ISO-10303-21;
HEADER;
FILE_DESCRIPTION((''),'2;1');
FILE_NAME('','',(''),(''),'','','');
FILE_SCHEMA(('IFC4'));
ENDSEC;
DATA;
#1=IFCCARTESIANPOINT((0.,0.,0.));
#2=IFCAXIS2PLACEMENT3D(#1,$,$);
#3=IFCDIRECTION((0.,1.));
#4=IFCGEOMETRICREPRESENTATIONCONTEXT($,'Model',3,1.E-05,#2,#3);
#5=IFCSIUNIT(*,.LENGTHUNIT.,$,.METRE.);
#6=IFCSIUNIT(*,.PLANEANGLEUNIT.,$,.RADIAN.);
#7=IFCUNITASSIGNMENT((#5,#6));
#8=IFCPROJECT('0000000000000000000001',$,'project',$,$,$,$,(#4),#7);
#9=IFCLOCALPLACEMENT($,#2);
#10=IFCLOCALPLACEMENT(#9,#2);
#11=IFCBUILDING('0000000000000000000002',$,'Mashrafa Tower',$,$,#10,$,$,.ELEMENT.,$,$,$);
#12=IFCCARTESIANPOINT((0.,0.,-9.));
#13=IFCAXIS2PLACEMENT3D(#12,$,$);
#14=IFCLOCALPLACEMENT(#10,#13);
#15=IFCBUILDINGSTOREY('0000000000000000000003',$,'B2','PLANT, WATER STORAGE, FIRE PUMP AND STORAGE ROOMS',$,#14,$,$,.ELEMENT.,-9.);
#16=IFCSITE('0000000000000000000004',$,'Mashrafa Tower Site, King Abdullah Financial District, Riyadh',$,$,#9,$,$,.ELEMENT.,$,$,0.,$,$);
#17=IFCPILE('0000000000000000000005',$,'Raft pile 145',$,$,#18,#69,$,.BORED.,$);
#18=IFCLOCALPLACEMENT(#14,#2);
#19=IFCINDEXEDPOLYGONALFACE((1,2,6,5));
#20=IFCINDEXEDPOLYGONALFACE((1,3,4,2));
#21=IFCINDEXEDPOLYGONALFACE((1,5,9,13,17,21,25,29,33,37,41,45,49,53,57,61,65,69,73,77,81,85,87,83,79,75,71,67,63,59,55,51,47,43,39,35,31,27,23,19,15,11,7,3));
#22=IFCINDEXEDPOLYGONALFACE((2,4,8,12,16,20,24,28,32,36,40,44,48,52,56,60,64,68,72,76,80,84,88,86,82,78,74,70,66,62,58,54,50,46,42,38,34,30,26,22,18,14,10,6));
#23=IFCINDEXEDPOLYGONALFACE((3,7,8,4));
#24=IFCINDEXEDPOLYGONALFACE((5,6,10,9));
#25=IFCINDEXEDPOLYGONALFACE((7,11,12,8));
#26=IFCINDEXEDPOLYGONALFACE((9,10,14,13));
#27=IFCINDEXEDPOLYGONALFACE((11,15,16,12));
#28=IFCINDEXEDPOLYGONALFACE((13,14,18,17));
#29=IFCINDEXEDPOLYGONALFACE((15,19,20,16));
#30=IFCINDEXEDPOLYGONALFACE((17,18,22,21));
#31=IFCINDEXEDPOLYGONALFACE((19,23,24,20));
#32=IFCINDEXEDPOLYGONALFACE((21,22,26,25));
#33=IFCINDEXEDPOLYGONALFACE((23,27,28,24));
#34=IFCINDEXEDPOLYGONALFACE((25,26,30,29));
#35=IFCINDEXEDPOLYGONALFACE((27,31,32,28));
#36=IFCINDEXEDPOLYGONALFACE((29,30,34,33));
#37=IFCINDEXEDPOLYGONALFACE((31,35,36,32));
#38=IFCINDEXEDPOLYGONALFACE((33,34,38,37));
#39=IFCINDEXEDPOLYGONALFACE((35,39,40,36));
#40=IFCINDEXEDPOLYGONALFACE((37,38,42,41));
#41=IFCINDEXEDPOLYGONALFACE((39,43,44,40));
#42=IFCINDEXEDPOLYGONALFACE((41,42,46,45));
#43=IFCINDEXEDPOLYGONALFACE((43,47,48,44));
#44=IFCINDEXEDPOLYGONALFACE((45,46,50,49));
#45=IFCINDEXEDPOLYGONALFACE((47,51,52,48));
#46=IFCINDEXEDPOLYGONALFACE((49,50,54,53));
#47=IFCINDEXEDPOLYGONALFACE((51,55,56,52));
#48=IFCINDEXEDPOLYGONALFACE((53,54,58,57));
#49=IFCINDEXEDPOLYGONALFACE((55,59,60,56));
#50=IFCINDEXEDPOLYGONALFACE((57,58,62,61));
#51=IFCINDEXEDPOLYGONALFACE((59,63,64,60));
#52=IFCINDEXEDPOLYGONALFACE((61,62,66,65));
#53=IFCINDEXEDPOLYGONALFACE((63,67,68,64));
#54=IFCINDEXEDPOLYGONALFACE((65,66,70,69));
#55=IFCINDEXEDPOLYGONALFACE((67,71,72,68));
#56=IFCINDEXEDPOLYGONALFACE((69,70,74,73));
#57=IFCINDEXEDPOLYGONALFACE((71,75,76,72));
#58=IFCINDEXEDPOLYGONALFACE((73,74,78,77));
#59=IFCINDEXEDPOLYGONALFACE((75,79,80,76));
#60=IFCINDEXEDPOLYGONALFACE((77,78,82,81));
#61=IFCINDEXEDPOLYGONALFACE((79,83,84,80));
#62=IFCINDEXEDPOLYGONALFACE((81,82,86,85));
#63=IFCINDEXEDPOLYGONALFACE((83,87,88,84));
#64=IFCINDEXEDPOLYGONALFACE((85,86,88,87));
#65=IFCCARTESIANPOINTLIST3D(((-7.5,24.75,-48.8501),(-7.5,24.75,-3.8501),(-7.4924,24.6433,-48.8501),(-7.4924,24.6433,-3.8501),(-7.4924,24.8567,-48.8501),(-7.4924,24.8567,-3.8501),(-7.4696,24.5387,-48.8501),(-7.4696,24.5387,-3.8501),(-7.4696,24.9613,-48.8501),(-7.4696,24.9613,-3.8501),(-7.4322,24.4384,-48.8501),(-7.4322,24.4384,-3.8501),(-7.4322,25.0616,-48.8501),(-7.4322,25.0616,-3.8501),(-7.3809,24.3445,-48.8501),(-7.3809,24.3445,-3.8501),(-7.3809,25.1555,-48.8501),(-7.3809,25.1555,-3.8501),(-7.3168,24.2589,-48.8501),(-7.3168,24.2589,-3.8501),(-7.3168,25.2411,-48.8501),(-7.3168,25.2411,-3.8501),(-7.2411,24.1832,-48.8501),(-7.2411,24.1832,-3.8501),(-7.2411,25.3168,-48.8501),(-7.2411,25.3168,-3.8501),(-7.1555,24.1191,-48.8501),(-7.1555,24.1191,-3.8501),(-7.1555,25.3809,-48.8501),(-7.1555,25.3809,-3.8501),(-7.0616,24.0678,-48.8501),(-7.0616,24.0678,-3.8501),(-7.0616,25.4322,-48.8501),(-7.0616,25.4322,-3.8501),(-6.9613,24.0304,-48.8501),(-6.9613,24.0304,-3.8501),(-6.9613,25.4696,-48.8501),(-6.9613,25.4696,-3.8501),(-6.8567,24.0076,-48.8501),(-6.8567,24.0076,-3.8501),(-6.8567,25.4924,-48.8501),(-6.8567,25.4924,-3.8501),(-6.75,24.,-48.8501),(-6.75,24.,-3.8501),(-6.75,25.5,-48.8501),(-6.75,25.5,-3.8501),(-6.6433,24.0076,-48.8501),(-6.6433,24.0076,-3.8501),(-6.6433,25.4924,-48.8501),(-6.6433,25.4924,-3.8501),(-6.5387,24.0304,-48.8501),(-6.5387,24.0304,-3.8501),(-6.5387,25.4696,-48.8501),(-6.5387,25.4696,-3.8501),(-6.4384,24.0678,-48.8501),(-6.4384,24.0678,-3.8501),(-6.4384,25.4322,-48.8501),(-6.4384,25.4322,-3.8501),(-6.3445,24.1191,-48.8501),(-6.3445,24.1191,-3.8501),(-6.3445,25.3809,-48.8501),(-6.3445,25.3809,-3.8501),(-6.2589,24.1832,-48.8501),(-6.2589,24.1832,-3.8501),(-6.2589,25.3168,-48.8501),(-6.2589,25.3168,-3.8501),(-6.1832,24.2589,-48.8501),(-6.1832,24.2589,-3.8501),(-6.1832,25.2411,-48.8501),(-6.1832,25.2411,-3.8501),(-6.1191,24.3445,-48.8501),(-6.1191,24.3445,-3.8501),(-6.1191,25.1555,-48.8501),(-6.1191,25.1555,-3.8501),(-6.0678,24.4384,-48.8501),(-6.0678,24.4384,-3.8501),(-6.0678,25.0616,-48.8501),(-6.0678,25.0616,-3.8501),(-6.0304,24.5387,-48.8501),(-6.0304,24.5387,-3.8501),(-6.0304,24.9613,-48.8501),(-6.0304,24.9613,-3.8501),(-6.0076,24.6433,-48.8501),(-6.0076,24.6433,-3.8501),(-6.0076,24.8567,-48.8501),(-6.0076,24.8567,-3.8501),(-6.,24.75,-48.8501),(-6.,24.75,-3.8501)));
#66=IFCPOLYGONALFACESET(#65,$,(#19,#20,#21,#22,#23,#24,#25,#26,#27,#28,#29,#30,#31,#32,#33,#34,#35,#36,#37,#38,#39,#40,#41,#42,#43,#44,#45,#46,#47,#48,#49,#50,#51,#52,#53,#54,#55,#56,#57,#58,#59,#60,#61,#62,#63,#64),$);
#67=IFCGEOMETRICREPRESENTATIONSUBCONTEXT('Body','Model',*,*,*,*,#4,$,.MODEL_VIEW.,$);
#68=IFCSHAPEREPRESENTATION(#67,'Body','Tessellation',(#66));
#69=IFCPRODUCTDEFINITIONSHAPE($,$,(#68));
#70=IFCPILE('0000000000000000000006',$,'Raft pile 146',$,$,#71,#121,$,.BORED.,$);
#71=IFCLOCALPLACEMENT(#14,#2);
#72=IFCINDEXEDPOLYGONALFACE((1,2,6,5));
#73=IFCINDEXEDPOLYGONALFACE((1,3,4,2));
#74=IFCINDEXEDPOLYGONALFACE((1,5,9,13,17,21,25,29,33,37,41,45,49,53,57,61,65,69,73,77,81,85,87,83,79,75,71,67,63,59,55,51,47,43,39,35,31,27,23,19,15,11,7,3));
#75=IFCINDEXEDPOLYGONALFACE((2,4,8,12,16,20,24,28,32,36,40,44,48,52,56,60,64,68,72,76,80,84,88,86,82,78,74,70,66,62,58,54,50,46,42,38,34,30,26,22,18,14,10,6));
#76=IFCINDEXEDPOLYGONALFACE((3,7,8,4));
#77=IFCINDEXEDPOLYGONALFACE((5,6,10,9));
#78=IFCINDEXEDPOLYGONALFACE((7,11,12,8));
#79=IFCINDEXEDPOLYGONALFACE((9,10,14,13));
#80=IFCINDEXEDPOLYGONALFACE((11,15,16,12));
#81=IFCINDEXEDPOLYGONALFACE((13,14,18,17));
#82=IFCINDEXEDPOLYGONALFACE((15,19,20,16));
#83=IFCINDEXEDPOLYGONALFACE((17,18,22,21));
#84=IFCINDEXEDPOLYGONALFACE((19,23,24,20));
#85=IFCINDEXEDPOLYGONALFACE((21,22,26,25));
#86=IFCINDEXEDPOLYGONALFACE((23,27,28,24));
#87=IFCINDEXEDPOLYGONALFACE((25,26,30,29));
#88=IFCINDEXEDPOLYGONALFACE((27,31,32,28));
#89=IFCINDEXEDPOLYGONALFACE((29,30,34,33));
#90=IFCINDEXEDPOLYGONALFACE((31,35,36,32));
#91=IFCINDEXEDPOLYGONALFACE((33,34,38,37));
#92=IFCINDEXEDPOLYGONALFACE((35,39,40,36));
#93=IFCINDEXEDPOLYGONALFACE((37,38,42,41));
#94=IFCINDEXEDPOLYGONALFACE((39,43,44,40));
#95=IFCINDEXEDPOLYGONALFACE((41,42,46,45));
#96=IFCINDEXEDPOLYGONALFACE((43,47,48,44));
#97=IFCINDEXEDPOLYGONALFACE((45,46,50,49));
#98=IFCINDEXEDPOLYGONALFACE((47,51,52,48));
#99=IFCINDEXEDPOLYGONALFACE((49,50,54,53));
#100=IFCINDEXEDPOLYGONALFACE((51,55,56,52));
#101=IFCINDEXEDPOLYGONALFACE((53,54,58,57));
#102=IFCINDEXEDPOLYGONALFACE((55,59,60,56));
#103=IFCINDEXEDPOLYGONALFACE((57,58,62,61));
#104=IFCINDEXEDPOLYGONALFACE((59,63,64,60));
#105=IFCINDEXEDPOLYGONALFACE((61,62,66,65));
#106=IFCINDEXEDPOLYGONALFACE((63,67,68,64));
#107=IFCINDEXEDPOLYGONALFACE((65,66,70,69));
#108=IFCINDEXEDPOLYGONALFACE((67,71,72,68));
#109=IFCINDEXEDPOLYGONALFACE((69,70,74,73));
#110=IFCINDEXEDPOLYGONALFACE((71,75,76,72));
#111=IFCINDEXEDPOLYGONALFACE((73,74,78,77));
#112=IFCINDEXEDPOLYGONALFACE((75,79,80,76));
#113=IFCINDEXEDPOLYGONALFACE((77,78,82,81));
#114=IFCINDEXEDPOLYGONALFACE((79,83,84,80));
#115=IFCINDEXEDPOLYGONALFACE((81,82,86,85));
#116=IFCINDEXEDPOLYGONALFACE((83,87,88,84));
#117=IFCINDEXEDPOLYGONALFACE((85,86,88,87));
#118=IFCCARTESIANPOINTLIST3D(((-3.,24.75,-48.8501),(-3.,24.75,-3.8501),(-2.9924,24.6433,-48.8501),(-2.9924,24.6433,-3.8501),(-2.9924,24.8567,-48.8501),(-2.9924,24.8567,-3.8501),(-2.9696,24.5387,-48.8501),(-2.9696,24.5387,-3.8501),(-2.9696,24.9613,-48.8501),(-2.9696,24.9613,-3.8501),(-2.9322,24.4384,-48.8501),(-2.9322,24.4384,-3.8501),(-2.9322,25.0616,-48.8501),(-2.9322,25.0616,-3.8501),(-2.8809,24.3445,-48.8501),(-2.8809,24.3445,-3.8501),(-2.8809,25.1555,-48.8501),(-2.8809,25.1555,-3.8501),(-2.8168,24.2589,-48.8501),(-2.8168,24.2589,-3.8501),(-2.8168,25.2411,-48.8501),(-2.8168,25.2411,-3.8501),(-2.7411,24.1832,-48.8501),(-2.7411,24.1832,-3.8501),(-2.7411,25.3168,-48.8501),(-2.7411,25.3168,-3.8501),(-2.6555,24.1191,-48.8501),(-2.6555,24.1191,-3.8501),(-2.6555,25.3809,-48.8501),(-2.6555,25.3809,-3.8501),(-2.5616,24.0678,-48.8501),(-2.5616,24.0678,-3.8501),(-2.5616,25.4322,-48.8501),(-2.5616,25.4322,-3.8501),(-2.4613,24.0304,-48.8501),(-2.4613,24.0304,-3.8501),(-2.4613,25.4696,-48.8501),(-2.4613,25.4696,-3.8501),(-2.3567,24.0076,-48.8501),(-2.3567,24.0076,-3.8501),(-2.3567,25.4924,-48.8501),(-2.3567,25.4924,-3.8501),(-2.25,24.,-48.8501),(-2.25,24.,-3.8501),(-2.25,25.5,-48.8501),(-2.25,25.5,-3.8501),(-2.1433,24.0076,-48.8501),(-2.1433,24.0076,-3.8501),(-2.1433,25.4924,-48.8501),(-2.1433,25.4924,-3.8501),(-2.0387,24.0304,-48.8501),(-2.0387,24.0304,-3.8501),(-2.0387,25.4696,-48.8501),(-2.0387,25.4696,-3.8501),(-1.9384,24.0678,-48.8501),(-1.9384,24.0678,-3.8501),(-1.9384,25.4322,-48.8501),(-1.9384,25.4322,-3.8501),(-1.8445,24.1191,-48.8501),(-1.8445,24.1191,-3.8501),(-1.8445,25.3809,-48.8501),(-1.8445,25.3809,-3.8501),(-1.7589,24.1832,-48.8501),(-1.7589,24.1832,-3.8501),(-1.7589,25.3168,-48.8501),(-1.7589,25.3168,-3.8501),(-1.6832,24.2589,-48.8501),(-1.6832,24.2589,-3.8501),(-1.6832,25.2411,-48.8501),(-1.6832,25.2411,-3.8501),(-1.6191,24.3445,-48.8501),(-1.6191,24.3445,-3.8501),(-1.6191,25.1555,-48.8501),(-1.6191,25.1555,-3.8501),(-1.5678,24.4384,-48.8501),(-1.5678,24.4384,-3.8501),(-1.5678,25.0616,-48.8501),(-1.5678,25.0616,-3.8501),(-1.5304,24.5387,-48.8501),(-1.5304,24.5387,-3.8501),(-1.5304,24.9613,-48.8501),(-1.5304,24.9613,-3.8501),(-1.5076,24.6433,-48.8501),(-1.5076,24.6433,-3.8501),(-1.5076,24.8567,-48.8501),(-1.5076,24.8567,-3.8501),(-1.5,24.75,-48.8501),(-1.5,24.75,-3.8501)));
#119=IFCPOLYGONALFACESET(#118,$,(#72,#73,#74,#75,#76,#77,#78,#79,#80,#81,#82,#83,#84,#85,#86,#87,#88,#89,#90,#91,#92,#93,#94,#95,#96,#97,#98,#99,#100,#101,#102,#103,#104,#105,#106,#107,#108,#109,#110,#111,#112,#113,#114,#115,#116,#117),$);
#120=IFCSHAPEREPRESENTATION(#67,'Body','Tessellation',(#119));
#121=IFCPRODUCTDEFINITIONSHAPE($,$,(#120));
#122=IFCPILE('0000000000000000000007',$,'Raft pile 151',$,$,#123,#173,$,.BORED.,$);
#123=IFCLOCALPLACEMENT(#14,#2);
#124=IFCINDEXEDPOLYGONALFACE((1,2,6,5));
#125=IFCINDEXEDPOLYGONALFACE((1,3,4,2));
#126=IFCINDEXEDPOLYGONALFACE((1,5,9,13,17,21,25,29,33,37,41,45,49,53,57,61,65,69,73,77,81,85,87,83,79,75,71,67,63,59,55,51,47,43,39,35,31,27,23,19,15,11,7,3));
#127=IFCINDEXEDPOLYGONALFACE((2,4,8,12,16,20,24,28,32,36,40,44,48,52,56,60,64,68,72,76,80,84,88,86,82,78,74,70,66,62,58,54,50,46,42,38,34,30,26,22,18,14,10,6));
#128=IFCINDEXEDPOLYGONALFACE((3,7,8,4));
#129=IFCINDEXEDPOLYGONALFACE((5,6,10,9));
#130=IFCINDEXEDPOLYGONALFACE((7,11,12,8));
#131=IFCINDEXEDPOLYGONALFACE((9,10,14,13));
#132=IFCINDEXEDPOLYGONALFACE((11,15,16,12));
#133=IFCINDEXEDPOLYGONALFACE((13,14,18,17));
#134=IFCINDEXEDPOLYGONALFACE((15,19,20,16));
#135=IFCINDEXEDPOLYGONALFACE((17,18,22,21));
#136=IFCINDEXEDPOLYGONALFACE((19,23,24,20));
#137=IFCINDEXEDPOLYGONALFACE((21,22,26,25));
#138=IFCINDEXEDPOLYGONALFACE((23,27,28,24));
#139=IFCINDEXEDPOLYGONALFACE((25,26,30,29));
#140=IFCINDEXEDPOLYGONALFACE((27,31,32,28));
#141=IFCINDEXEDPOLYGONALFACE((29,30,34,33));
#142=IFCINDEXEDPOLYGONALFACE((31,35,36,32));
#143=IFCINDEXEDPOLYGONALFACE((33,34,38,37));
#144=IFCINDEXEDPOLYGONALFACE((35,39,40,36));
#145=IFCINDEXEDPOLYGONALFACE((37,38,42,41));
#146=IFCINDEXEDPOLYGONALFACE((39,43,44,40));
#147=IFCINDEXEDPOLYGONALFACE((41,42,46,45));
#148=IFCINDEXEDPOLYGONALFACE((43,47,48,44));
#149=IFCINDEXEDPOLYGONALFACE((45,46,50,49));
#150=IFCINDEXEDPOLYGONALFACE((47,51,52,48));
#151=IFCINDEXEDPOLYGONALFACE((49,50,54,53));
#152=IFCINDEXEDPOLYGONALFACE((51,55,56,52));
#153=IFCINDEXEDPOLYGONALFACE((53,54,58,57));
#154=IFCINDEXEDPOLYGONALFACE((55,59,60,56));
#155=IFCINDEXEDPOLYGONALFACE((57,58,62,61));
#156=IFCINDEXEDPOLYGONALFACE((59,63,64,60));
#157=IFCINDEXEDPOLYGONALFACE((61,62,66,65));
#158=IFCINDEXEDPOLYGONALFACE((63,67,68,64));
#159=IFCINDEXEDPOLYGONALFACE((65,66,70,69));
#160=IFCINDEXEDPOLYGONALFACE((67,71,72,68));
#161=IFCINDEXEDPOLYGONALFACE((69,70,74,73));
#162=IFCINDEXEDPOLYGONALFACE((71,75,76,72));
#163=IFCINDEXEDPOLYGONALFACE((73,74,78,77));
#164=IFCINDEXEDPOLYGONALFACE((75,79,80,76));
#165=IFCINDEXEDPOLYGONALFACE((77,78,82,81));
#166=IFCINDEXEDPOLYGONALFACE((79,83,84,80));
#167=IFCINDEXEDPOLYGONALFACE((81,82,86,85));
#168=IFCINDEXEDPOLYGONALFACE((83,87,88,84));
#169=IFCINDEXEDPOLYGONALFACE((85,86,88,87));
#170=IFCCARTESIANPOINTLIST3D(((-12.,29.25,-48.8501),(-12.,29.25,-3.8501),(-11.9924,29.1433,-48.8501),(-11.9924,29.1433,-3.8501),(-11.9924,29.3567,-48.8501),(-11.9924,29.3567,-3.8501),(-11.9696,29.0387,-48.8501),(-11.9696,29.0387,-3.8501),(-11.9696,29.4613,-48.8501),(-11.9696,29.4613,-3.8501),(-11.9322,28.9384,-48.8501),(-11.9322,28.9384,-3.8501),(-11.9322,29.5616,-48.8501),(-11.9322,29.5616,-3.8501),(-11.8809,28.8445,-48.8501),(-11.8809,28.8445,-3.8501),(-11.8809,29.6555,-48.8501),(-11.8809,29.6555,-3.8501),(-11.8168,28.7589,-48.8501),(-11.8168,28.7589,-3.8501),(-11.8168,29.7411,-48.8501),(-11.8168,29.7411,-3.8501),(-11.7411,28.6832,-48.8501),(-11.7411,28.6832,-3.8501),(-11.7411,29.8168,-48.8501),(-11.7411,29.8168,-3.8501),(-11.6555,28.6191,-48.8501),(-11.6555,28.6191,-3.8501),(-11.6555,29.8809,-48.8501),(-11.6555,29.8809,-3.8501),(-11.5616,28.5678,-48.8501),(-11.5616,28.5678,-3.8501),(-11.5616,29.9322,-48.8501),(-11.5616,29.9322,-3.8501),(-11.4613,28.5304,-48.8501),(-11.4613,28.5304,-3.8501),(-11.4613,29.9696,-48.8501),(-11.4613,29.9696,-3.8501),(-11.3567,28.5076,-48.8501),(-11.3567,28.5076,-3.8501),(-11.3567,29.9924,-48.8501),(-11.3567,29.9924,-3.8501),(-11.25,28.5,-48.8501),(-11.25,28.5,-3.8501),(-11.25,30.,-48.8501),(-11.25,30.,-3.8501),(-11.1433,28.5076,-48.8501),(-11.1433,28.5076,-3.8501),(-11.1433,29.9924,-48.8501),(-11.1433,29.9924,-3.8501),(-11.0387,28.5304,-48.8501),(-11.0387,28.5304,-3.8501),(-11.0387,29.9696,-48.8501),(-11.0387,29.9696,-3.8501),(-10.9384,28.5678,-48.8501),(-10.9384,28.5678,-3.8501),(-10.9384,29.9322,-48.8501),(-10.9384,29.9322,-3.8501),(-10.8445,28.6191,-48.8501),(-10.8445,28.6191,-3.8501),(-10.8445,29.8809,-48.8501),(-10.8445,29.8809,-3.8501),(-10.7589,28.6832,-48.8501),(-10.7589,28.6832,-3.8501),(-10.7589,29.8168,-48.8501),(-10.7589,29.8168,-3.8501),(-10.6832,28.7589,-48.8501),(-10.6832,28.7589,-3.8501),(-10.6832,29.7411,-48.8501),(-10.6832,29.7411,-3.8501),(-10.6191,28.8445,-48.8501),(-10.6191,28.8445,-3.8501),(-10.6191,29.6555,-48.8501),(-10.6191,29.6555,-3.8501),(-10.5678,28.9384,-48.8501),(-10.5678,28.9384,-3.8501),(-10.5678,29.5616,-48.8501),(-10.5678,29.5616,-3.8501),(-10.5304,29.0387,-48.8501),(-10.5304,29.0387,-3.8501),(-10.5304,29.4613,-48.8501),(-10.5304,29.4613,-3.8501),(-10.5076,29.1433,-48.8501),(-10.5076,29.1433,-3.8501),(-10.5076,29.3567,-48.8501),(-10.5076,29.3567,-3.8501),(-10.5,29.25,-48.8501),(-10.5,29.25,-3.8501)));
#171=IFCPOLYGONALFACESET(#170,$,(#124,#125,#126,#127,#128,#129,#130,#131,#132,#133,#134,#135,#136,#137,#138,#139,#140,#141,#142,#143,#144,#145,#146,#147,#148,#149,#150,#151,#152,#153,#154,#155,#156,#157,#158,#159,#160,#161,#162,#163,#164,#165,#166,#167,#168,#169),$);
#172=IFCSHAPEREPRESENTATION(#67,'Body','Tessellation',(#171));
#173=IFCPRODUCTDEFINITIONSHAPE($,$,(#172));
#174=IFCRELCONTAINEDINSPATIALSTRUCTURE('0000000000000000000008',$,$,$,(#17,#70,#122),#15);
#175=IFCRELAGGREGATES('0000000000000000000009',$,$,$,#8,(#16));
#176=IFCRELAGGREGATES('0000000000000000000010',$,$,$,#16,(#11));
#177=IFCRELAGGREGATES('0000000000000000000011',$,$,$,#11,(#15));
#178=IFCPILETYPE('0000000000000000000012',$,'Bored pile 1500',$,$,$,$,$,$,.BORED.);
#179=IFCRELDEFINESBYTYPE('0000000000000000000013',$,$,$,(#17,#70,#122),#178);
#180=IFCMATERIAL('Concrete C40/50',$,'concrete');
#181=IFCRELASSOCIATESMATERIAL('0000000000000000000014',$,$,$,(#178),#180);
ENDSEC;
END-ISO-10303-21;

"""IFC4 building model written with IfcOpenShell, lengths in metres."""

from ifc_helpers import new_model, si_unit, direction, frame, origin, origin_2d, place, context, subcontext, project, spatial, circle, extrude, material, material_profile, profile_set, type_object, element, save


model = new_model("IFC4")

# Units and contexts
model_context = context("Model", 3, precision=1e-05, world=origin(), true_north=direction((0.0, 1.0)))
body_context = subcontext(model_context, "Body", "Model", "MODEL_VIEW")
ifc_project = project(units=[si_unit("LENGTHUNIT", "METRE"), si_unit("PLANEANGLEUNIT", "RADIAN")], contexts=[model_context])

# Site, building, storey
site_placement = place(None, origin())
site = spatial("IfcSite", under=ifc_project, at=site_placement, Name="Mashrafa Tower Site, King Abdullah Financial District, Riyadh", CompositionType="ELEMENT", RefElevation=0.0)
building_placement = place(site_placement, origin())
building = spatial("IfcBuilding", under=site, at=building_placement, Name="Mashrafa Tower", CompositionType="ELEMENT")
storey_placement = place(building_placement, frame((0.0, 0.0, -9.0)))
storey = spatial("IfcBuildingStorey", under=building, at=storey_placement, Name="B2", Description="PLANT, WATER STORAGE, FIRE PUMP AND STORAGE ROOMS", CompositionType="ELEMENT", Elevation=-9.0)

# Piles
ifc_material_1 = material(Name="Concrete C40/50", Category="concrete")
ifc_material_profile_1 = material_profile(ifc_material_1, circle(Radius=0.75, at=origin_2d()), Name="1500 DIA")
ifc_profile_set_1 = profile_set([ifc_material_profile_1], Name="Concrete C40/50")
pile_type_1 = type_object("IfcPileType", Name="Bored pile 1500", PredefinedType="BORED", material=ifc_profile_set_1)
for number, where, z_axis, x_axis, name in (
    (1, (-6.75, 24.75, -3.8501), (0.0, 0.0, -1.0), (1.0, 0.0, 0.0), "Raft pile 145"),
    (2, (-2.25, 24.75, -3.8501), (0.0, 0.0, -1.0), (1.0, 0.0, 0.0), "Raft pile 146"),
    (3, (-11.25, 29.25, -3.8501), (0.0, 0.0, -1.0), (1.0, 0.0, 0.0), "Raft pile 151"),
):
    element("IfcPile", number, at=place(storey_placement, frame(where, z_axis=z_axis, x_axis=x_axis)), inside=storey, type_object=pile_type_1, Name=name, PredefinedType="BORED", context=body_context, shape_type="SweptSolid", body=[
        extrude(circle(Radius=0.75, at=origin_2d()), origin(), (0.0, 0.0, 1.0), 45.0),
    ])

save(model, "model.ifc")
